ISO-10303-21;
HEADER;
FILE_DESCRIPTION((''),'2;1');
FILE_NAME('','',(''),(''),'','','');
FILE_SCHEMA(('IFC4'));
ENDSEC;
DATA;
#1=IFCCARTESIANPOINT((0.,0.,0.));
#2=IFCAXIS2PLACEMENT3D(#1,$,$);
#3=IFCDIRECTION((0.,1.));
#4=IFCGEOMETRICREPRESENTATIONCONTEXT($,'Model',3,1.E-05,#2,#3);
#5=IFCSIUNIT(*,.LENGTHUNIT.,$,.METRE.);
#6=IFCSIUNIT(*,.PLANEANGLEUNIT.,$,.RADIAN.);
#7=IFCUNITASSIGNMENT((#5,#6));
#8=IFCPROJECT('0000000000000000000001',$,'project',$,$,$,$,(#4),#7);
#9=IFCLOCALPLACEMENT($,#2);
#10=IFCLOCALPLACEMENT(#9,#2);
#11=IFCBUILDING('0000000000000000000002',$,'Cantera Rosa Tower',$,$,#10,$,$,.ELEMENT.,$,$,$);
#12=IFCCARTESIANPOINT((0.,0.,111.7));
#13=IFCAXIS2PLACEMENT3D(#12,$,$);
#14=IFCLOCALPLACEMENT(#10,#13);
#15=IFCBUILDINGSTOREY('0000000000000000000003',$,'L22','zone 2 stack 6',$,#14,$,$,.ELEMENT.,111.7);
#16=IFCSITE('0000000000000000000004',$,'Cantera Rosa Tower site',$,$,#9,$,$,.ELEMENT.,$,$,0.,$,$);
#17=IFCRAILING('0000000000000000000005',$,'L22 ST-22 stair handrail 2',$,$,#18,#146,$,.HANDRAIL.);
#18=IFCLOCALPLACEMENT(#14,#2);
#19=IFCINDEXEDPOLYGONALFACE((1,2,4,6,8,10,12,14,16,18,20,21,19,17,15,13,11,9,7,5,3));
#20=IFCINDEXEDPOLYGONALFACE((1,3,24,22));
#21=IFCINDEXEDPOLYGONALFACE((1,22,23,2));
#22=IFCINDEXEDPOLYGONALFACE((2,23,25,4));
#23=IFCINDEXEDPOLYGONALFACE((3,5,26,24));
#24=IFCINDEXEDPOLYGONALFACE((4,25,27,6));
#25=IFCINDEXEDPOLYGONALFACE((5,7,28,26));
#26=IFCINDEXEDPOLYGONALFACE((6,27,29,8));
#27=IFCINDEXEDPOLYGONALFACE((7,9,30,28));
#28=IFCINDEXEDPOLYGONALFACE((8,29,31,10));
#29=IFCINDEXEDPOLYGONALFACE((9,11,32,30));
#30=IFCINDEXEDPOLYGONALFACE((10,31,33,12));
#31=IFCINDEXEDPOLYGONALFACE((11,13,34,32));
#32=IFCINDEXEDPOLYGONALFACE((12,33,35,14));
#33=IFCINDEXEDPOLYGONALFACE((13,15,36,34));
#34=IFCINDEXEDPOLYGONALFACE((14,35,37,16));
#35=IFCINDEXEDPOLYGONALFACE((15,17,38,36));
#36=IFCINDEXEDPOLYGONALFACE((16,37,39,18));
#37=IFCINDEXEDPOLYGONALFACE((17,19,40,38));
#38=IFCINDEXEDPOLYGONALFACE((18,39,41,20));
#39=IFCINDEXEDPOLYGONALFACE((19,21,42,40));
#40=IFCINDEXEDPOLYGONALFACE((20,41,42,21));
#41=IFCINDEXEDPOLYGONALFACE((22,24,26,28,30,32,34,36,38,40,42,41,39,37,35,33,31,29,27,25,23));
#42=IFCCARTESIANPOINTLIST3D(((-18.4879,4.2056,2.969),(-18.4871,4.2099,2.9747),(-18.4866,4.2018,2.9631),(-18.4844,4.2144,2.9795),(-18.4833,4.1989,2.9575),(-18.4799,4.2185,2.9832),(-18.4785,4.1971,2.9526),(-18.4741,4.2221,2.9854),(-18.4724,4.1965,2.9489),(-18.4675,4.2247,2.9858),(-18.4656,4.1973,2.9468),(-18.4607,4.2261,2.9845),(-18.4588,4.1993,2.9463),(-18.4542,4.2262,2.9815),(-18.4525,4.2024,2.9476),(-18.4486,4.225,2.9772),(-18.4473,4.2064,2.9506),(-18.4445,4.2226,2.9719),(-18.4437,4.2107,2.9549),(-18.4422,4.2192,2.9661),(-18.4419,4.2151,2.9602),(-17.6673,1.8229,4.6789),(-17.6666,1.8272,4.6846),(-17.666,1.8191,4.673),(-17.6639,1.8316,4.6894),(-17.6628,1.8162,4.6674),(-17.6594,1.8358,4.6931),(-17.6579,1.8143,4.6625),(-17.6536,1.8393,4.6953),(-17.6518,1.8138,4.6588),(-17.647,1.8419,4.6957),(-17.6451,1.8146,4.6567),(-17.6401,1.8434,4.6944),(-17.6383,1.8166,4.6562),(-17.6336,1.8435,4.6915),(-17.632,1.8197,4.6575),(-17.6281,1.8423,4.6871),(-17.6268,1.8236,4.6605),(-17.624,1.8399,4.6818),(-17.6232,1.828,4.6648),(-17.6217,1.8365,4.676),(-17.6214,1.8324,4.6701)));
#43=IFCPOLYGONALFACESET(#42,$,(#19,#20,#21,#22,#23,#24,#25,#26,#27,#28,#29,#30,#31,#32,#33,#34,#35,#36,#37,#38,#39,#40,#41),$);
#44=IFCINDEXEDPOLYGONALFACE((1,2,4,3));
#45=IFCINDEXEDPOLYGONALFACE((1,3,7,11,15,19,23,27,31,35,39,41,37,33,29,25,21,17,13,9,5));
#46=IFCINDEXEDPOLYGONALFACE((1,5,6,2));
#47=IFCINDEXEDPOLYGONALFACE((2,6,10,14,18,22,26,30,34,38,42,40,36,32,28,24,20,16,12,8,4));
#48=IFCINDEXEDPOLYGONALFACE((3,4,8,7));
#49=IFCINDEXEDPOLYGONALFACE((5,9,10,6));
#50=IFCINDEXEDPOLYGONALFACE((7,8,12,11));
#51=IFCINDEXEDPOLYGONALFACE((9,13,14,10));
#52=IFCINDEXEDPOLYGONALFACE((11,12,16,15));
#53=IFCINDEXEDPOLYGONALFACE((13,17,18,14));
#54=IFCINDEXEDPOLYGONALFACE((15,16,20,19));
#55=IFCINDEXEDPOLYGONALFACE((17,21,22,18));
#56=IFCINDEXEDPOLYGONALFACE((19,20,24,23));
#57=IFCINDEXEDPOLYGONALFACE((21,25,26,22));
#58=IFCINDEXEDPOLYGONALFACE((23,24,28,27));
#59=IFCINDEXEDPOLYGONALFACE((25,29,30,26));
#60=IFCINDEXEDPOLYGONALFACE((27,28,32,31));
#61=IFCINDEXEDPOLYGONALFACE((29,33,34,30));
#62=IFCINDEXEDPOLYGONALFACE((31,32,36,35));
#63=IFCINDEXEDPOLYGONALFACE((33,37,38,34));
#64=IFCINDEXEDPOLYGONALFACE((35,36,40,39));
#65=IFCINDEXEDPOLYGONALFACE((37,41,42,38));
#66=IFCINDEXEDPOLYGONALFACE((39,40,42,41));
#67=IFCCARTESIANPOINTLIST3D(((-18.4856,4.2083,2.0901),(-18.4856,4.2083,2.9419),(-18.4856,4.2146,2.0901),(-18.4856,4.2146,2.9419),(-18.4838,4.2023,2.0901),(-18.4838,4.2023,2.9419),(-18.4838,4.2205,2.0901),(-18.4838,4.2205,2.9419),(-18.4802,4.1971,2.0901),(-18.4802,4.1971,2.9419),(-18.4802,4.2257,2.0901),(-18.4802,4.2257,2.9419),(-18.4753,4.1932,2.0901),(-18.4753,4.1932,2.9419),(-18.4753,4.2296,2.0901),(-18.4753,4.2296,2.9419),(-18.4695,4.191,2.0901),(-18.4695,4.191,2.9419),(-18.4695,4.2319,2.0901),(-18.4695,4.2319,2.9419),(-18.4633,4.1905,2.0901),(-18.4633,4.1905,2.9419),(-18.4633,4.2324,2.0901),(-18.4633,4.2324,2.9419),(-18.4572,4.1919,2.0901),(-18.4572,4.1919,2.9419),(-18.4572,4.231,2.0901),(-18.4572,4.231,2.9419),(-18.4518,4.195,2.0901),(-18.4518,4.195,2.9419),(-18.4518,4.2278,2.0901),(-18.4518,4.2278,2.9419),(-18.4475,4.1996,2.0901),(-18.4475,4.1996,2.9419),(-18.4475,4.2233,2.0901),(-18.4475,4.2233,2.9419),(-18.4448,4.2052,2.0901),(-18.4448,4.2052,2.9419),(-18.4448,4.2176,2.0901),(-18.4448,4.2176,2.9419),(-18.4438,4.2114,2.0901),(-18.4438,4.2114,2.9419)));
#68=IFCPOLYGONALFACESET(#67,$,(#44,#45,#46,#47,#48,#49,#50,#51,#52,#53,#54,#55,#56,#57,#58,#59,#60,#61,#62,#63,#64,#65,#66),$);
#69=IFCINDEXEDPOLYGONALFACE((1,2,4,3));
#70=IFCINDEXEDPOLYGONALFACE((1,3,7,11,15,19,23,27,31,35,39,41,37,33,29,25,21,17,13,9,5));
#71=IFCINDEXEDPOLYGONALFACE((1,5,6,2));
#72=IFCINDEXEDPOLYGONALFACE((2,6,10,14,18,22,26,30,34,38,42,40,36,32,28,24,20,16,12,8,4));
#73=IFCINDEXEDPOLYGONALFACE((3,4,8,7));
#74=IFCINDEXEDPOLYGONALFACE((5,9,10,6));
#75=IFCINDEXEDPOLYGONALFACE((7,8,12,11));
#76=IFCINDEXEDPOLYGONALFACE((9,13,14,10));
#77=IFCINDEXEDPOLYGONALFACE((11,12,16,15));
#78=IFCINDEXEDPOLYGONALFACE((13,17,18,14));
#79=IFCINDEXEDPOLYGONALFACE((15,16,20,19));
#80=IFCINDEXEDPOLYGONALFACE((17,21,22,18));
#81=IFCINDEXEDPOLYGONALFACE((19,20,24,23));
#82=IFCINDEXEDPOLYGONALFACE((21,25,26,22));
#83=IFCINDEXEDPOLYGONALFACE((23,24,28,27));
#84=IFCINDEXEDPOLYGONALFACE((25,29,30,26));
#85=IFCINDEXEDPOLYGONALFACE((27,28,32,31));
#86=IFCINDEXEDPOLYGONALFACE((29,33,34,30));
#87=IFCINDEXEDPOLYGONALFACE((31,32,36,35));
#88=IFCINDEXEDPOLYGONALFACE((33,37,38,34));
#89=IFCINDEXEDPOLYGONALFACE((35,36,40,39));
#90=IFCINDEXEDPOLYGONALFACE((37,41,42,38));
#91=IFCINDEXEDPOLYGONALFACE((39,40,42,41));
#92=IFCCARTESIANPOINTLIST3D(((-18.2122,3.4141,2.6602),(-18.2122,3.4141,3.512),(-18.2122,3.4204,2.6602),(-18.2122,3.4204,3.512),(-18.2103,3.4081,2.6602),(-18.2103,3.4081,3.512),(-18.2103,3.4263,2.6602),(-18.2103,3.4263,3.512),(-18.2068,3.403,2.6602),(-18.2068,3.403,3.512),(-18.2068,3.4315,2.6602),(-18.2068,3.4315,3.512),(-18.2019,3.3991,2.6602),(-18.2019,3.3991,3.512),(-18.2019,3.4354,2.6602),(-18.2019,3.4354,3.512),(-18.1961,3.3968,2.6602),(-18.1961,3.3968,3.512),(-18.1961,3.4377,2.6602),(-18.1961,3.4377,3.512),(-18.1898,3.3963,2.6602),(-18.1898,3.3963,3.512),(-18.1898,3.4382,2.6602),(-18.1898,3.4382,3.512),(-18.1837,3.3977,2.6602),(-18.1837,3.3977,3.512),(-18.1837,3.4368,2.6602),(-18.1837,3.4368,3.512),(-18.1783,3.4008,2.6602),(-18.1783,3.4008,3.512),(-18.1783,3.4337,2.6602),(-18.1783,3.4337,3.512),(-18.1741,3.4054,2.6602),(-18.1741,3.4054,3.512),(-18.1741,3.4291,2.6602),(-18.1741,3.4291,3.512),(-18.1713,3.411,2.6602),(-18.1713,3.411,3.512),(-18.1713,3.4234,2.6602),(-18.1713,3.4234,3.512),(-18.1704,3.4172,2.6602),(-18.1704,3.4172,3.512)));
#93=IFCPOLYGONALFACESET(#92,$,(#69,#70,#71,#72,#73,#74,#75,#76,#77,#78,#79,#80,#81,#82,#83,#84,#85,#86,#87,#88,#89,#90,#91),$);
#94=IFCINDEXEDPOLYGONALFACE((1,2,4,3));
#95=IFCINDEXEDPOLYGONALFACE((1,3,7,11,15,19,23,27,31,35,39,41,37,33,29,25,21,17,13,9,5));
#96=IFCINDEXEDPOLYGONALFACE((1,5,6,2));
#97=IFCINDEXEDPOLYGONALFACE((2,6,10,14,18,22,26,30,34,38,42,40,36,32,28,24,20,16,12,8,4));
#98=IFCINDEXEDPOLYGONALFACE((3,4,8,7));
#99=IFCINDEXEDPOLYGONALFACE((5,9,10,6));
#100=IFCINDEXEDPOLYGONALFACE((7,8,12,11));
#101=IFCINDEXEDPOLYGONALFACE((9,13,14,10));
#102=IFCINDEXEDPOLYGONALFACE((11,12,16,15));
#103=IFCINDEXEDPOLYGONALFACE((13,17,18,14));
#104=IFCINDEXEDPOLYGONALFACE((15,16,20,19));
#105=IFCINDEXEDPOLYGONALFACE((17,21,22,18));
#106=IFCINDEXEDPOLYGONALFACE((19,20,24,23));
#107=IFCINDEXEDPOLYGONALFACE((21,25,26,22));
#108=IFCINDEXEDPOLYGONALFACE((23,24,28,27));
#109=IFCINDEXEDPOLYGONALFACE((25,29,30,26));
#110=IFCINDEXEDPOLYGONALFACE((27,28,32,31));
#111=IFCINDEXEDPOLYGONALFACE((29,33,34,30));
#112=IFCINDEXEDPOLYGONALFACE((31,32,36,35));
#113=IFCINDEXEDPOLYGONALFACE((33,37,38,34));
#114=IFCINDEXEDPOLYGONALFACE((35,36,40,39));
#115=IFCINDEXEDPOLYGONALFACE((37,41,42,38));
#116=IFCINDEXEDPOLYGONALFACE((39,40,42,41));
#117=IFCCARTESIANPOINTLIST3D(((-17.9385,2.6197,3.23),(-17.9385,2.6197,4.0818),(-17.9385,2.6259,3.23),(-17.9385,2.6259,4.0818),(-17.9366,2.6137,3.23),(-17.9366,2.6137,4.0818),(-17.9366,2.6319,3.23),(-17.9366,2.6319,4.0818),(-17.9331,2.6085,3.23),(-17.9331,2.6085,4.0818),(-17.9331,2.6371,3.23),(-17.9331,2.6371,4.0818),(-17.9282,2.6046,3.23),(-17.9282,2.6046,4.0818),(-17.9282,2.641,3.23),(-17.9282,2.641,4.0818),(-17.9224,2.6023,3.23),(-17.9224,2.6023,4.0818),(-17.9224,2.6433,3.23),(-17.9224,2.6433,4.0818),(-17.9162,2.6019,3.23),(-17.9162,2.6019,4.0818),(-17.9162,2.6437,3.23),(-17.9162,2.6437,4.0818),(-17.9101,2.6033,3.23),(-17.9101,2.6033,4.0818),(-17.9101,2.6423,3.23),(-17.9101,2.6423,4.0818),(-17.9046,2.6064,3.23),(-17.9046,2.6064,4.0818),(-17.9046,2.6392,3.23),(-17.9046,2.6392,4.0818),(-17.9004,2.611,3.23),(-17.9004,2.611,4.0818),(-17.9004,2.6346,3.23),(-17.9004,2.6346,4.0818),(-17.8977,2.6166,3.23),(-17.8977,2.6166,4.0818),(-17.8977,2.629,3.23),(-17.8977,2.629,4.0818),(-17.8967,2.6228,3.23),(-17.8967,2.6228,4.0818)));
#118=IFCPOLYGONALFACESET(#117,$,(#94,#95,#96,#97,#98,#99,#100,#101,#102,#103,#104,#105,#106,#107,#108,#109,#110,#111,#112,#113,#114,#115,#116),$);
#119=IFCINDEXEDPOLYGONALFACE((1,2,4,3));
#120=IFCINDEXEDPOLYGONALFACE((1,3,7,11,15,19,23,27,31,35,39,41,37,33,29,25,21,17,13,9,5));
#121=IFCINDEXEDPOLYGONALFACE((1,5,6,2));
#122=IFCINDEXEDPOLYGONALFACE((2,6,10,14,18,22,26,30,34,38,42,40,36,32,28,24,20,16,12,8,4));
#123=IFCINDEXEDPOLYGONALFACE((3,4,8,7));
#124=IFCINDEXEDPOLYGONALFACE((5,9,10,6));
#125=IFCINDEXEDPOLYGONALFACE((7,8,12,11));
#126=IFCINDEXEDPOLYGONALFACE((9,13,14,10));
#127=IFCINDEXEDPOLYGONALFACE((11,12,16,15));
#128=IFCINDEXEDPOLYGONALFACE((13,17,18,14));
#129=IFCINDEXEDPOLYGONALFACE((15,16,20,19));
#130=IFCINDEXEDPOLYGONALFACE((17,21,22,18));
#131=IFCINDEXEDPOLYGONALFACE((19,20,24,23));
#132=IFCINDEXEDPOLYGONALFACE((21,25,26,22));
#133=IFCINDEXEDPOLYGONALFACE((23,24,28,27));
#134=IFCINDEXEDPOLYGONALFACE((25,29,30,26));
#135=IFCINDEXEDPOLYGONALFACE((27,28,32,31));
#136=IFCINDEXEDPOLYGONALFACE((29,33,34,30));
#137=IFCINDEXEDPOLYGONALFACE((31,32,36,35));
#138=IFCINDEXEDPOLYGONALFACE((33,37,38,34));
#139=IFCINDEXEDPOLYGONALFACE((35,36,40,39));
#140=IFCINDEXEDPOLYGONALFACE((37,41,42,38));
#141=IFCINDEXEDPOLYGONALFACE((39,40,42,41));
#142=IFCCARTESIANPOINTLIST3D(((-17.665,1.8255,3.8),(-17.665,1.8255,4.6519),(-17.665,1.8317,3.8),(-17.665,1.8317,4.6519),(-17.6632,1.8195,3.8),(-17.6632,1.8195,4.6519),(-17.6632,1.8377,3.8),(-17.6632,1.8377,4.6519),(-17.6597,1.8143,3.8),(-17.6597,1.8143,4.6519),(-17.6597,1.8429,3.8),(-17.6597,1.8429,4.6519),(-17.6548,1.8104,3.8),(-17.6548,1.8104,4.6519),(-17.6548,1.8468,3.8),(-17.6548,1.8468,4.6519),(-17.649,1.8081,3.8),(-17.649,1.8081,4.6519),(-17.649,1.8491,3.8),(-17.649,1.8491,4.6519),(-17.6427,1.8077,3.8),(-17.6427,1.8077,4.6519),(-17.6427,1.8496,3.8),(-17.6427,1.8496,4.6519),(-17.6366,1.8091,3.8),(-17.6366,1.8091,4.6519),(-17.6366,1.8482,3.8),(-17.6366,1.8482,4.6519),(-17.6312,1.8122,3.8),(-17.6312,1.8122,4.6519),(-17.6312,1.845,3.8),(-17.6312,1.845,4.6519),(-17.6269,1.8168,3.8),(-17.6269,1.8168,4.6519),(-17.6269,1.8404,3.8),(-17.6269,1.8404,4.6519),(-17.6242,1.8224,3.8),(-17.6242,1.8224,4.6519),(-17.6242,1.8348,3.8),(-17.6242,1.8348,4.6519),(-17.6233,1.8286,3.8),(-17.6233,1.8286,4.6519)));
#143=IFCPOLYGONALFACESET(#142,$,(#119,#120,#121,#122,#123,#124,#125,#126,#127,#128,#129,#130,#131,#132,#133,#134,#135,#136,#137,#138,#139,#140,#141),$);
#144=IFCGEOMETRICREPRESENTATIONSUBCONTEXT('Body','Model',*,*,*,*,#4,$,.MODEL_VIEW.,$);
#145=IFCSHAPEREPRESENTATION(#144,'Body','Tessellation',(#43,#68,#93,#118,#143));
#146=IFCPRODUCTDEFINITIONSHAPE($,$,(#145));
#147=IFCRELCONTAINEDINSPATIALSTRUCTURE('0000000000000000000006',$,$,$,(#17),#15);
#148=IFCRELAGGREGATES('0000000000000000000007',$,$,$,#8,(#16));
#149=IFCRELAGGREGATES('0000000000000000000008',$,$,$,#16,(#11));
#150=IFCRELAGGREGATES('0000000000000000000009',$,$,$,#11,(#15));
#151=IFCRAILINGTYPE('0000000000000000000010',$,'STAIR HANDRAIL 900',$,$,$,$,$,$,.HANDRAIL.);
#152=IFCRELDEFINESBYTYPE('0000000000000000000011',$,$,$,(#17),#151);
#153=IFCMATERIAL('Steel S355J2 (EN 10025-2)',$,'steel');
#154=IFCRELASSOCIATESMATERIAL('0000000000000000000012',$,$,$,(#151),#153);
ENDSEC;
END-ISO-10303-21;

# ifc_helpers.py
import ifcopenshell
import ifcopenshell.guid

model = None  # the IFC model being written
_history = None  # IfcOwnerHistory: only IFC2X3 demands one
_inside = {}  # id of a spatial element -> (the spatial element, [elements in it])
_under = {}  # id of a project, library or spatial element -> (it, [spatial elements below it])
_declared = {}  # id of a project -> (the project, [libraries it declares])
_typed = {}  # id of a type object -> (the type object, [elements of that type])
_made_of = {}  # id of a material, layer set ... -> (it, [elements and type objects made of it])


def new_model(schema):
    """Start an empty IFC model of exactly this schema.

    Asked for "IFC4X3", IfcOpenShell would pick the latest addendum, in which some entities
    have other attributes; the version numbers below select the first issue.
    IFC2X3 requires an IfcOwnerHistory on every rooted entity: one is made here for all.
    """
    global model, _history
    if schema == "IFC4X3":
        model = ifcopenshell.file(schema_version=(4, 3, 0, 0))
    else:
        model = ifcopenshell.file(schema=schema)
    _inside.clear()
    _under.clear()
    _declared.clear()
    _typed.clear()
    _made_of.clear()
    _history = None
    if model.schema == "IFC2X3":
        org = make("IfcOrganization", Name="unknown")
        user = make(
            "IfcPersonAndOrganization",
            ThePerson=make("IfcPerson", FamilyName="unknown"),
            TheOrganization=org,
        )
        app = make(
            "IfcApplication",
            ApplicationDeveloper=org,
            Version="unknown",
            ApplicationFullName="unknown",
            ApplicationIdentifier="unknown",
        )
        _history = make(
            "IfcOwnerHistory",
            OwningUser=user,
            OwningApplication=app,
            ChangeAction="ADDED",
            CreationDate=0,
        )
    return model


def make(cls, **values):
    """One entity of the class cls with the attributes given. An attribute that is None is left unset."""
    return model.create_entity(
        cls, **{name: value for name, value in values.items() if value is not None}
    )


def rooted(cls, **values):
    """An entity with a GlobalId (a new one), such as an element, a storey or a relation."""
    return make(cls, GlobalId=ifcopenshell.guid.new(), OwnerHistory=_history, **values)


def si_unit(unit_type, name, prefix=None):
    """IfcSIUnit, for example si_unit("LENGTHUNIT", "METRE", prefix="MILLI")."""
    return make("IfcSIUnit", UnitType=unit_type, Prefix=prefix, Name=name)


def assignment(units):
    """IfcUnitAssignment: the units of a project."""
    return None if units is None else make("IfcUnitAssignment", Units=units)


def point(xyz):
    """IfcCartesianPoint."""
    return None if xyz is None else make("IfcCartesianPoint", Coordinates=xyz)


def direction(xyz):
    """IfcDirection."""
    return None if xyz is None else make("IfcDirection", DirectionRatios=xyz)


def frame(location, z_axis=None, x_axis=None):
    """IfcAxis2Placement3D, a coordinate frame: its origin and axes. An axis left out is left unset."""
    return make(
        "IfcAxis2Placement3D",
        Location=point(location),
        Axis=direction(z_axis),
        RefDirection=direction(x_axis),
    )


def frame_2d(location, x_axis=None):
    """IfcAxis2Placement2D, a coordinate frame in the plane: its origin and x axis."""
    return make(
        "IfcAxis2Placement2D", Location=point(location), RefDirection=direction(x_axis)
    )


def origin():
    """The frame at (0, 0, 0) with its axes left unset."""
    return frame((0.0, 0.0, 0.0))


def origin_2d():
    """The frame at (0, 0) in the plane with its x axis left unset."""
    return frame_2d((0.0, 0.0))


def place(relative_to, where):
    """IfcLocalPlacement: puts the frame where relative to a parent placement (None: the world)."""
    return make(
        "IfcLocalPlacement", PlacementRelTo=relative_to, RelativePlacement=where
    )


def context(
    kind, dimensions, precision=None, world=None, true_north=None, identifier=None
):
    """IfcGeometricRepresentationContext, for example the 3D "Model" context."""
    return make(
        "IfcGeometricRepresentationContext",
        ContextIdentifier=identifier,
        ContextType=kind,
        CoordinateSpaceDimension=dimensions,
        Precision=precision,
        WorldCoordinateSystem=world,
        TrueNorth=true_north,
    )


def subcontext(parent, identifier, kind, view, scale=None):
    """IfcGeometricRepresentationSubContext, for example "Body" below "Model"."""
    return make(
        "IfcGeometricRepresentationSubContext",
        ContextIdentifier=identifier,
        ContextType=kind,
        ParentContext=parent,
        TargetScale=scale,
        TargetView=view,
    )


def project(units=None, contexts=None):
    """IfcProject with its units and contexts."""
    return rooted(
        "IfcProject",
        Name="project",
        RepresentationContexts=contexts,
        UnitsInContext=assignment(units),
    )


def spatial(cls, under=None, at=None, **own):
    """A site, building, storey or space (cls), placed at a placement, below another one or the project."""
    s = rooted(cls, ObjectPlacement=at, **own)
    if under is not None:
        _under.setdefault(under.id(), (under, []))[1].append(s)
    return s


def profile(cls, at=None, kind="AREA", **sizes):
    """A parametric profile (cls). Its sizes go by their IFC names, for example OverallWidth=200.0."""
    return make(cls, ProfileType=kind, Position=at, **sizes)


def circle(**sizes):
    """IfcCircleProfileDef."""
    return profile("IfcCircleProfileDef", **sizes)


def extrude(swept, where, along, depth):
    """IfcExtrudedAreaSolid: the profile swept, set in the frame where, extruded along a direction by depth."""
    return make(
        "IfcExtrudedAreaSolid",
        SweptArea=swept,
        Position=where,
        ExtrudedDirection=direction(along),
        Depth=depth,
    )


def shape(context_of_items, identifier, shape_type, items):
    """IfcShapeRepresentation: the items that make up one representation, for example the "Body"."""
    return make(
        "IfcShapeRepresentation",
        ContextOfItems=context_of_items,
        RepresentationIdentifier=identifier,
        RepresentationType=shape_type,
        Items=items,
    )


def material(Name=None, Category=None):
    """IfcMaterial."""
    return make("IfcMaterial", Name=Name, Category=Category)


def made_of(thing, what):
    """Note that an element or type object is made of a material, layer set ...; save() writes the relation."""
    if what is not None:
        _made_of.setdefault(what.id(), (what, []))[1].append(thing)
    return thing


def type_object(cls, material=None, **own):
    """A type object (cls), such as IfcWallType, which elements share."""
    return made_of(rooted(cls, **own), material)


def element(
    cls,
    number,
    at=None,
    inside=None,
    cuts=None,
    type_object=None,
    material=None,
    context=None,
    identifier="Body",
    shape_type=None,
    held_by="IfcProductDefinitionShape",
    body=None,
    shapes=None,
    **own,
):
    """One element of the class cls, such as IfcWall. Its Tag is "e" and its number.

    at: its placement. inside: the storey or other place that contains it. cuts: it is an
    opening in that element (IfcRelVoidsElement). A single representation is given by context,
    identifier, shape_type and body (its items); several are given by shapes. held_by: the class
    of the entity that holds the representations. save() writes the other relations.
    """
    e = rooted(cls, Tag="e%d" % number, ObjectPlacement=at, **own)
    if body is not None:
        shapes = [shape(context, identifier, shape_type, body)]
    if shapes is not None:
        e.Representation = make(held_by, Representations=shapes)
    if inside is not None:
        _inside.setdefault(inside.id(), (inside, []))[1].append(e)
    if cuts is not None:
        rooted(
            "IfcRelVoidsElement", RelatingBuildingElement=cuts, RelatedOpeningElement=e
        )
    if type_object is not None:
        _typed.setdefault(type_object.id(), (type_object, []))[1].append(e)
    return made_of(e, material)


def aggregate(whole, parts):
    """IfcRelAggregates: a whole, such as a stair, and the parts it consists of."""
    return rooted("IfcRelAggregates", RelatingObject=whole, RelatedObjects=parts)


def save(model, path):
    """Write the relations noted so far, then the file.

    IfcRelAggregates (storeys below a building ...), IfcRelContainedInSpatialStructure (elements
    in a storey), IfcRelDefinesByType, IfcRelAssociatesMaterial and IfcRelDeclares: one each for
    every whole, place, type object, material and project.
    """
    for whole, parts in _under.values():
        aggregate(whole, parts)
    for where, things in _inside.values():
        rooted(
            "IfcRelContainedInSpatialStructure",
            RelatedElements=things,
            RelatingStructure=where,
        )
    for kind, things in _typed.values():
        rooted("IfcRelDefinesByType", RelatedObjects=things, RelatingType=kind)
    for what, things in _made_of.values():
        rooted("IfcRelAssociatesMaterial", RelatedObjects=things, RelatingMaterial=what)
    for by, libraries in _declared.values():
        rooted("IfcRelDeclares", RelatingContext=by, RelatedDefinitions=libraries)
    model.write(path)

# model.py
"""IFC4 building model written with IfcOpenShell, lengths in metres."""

from ifc_helpers import new_model, si_unit, direction, frame, origin, origin_2d, place, context, subcontext, project, spatial, circle, extrude, material, type_object, element, save


model = new_model("IFC4")

# Units and contexts
model_context = context("Model", 3, precision=1e-05, world=origin(), true_north=direction((0.0, 1.0)))
body_context = subcontext(model_context, "Body", "Model", "MODEL_VIEW")
ifc_project = project(units=[si_unit("LENGTHUNIT", "METRE"), si_unit("PLANEANGLEUNIT", "RADIAN")], contexts=[model_context])

# Site, building, storey
site_placement = place(None, origin())
site = spatial("IfcSite", under=ifc_project, at=site_placement, Name="Cantera Rosa Tower site", CompositionType="ELEMENT", RefElevation=0.0)
building_placement = place(site_placement, origin())
building = spatial("IfcBuilding", under=site, at=building_placement, Name="Cantera Rosa Tower", CompositionType="ELEMENT")
storey_placement = place(building_placement, frame((0.0, 0.0, 111.7)))
storey = spatial("IfcBuildingStorey", under=building, at=storey_placement, Name="L22", Description="zone 2 stack 6", CompositionType="ELEMENT", Elevation=111.7)

# Railing
ifc_material_1 = material(Name="Steel S355J2 (EN 10025-2)", Category="steel")
railing_type_1 = type_object("IfcRailingType", Name="STAIR HANDRAIL 900", PredefinedType="HANDRAIL", material=ifc_material_1)
railing_1_placement = place(storey_placement, frame((-18.4648, 4.2114, 2.0901)))
element("IfcRailing", 1, at=railing_1_placement, inside=storey, type_object=railing_type_1, Name="L22 ST-22 stair handrail 2", PredefinedType="HANDRAIL", context=body_context, shape_type="SweptSolid", body=[
    extrude(circle(Radius=0.0239, at=origin_2d()), frame((0.0, 0.0, 0.876), z_axis=(0.269432, -0.782404, 0.561471), x_axis=(0.945508, 0.3256, 0.0)), (0.0, 0.0, 1.0), 3.0454),
    extrude(circle(Radius=0.021, at=origin_2d()), origin(), (0.0, 0.0, 1.0), 0.8518),
    extrude(circle(Radius=0.021, at=origin_2d()), frame((0.2734, -0.7942, 0.5701)), (0.0, 0.0, 1.0), 0.8518),
    extrude(circle(Radius=0.021, at=origin_2d()), frame((0.5471, -1.5886, 1.1399)), (0.0, 0.0, 1.0), 0.8518),
    extrude(circle(Radius=0.021, at=origin_2d()), frame((0.8206, -2.3828, 1.71)), (0.0, 0.0, 1.0), 0.8518),
])

save(model, "model.ifc")
